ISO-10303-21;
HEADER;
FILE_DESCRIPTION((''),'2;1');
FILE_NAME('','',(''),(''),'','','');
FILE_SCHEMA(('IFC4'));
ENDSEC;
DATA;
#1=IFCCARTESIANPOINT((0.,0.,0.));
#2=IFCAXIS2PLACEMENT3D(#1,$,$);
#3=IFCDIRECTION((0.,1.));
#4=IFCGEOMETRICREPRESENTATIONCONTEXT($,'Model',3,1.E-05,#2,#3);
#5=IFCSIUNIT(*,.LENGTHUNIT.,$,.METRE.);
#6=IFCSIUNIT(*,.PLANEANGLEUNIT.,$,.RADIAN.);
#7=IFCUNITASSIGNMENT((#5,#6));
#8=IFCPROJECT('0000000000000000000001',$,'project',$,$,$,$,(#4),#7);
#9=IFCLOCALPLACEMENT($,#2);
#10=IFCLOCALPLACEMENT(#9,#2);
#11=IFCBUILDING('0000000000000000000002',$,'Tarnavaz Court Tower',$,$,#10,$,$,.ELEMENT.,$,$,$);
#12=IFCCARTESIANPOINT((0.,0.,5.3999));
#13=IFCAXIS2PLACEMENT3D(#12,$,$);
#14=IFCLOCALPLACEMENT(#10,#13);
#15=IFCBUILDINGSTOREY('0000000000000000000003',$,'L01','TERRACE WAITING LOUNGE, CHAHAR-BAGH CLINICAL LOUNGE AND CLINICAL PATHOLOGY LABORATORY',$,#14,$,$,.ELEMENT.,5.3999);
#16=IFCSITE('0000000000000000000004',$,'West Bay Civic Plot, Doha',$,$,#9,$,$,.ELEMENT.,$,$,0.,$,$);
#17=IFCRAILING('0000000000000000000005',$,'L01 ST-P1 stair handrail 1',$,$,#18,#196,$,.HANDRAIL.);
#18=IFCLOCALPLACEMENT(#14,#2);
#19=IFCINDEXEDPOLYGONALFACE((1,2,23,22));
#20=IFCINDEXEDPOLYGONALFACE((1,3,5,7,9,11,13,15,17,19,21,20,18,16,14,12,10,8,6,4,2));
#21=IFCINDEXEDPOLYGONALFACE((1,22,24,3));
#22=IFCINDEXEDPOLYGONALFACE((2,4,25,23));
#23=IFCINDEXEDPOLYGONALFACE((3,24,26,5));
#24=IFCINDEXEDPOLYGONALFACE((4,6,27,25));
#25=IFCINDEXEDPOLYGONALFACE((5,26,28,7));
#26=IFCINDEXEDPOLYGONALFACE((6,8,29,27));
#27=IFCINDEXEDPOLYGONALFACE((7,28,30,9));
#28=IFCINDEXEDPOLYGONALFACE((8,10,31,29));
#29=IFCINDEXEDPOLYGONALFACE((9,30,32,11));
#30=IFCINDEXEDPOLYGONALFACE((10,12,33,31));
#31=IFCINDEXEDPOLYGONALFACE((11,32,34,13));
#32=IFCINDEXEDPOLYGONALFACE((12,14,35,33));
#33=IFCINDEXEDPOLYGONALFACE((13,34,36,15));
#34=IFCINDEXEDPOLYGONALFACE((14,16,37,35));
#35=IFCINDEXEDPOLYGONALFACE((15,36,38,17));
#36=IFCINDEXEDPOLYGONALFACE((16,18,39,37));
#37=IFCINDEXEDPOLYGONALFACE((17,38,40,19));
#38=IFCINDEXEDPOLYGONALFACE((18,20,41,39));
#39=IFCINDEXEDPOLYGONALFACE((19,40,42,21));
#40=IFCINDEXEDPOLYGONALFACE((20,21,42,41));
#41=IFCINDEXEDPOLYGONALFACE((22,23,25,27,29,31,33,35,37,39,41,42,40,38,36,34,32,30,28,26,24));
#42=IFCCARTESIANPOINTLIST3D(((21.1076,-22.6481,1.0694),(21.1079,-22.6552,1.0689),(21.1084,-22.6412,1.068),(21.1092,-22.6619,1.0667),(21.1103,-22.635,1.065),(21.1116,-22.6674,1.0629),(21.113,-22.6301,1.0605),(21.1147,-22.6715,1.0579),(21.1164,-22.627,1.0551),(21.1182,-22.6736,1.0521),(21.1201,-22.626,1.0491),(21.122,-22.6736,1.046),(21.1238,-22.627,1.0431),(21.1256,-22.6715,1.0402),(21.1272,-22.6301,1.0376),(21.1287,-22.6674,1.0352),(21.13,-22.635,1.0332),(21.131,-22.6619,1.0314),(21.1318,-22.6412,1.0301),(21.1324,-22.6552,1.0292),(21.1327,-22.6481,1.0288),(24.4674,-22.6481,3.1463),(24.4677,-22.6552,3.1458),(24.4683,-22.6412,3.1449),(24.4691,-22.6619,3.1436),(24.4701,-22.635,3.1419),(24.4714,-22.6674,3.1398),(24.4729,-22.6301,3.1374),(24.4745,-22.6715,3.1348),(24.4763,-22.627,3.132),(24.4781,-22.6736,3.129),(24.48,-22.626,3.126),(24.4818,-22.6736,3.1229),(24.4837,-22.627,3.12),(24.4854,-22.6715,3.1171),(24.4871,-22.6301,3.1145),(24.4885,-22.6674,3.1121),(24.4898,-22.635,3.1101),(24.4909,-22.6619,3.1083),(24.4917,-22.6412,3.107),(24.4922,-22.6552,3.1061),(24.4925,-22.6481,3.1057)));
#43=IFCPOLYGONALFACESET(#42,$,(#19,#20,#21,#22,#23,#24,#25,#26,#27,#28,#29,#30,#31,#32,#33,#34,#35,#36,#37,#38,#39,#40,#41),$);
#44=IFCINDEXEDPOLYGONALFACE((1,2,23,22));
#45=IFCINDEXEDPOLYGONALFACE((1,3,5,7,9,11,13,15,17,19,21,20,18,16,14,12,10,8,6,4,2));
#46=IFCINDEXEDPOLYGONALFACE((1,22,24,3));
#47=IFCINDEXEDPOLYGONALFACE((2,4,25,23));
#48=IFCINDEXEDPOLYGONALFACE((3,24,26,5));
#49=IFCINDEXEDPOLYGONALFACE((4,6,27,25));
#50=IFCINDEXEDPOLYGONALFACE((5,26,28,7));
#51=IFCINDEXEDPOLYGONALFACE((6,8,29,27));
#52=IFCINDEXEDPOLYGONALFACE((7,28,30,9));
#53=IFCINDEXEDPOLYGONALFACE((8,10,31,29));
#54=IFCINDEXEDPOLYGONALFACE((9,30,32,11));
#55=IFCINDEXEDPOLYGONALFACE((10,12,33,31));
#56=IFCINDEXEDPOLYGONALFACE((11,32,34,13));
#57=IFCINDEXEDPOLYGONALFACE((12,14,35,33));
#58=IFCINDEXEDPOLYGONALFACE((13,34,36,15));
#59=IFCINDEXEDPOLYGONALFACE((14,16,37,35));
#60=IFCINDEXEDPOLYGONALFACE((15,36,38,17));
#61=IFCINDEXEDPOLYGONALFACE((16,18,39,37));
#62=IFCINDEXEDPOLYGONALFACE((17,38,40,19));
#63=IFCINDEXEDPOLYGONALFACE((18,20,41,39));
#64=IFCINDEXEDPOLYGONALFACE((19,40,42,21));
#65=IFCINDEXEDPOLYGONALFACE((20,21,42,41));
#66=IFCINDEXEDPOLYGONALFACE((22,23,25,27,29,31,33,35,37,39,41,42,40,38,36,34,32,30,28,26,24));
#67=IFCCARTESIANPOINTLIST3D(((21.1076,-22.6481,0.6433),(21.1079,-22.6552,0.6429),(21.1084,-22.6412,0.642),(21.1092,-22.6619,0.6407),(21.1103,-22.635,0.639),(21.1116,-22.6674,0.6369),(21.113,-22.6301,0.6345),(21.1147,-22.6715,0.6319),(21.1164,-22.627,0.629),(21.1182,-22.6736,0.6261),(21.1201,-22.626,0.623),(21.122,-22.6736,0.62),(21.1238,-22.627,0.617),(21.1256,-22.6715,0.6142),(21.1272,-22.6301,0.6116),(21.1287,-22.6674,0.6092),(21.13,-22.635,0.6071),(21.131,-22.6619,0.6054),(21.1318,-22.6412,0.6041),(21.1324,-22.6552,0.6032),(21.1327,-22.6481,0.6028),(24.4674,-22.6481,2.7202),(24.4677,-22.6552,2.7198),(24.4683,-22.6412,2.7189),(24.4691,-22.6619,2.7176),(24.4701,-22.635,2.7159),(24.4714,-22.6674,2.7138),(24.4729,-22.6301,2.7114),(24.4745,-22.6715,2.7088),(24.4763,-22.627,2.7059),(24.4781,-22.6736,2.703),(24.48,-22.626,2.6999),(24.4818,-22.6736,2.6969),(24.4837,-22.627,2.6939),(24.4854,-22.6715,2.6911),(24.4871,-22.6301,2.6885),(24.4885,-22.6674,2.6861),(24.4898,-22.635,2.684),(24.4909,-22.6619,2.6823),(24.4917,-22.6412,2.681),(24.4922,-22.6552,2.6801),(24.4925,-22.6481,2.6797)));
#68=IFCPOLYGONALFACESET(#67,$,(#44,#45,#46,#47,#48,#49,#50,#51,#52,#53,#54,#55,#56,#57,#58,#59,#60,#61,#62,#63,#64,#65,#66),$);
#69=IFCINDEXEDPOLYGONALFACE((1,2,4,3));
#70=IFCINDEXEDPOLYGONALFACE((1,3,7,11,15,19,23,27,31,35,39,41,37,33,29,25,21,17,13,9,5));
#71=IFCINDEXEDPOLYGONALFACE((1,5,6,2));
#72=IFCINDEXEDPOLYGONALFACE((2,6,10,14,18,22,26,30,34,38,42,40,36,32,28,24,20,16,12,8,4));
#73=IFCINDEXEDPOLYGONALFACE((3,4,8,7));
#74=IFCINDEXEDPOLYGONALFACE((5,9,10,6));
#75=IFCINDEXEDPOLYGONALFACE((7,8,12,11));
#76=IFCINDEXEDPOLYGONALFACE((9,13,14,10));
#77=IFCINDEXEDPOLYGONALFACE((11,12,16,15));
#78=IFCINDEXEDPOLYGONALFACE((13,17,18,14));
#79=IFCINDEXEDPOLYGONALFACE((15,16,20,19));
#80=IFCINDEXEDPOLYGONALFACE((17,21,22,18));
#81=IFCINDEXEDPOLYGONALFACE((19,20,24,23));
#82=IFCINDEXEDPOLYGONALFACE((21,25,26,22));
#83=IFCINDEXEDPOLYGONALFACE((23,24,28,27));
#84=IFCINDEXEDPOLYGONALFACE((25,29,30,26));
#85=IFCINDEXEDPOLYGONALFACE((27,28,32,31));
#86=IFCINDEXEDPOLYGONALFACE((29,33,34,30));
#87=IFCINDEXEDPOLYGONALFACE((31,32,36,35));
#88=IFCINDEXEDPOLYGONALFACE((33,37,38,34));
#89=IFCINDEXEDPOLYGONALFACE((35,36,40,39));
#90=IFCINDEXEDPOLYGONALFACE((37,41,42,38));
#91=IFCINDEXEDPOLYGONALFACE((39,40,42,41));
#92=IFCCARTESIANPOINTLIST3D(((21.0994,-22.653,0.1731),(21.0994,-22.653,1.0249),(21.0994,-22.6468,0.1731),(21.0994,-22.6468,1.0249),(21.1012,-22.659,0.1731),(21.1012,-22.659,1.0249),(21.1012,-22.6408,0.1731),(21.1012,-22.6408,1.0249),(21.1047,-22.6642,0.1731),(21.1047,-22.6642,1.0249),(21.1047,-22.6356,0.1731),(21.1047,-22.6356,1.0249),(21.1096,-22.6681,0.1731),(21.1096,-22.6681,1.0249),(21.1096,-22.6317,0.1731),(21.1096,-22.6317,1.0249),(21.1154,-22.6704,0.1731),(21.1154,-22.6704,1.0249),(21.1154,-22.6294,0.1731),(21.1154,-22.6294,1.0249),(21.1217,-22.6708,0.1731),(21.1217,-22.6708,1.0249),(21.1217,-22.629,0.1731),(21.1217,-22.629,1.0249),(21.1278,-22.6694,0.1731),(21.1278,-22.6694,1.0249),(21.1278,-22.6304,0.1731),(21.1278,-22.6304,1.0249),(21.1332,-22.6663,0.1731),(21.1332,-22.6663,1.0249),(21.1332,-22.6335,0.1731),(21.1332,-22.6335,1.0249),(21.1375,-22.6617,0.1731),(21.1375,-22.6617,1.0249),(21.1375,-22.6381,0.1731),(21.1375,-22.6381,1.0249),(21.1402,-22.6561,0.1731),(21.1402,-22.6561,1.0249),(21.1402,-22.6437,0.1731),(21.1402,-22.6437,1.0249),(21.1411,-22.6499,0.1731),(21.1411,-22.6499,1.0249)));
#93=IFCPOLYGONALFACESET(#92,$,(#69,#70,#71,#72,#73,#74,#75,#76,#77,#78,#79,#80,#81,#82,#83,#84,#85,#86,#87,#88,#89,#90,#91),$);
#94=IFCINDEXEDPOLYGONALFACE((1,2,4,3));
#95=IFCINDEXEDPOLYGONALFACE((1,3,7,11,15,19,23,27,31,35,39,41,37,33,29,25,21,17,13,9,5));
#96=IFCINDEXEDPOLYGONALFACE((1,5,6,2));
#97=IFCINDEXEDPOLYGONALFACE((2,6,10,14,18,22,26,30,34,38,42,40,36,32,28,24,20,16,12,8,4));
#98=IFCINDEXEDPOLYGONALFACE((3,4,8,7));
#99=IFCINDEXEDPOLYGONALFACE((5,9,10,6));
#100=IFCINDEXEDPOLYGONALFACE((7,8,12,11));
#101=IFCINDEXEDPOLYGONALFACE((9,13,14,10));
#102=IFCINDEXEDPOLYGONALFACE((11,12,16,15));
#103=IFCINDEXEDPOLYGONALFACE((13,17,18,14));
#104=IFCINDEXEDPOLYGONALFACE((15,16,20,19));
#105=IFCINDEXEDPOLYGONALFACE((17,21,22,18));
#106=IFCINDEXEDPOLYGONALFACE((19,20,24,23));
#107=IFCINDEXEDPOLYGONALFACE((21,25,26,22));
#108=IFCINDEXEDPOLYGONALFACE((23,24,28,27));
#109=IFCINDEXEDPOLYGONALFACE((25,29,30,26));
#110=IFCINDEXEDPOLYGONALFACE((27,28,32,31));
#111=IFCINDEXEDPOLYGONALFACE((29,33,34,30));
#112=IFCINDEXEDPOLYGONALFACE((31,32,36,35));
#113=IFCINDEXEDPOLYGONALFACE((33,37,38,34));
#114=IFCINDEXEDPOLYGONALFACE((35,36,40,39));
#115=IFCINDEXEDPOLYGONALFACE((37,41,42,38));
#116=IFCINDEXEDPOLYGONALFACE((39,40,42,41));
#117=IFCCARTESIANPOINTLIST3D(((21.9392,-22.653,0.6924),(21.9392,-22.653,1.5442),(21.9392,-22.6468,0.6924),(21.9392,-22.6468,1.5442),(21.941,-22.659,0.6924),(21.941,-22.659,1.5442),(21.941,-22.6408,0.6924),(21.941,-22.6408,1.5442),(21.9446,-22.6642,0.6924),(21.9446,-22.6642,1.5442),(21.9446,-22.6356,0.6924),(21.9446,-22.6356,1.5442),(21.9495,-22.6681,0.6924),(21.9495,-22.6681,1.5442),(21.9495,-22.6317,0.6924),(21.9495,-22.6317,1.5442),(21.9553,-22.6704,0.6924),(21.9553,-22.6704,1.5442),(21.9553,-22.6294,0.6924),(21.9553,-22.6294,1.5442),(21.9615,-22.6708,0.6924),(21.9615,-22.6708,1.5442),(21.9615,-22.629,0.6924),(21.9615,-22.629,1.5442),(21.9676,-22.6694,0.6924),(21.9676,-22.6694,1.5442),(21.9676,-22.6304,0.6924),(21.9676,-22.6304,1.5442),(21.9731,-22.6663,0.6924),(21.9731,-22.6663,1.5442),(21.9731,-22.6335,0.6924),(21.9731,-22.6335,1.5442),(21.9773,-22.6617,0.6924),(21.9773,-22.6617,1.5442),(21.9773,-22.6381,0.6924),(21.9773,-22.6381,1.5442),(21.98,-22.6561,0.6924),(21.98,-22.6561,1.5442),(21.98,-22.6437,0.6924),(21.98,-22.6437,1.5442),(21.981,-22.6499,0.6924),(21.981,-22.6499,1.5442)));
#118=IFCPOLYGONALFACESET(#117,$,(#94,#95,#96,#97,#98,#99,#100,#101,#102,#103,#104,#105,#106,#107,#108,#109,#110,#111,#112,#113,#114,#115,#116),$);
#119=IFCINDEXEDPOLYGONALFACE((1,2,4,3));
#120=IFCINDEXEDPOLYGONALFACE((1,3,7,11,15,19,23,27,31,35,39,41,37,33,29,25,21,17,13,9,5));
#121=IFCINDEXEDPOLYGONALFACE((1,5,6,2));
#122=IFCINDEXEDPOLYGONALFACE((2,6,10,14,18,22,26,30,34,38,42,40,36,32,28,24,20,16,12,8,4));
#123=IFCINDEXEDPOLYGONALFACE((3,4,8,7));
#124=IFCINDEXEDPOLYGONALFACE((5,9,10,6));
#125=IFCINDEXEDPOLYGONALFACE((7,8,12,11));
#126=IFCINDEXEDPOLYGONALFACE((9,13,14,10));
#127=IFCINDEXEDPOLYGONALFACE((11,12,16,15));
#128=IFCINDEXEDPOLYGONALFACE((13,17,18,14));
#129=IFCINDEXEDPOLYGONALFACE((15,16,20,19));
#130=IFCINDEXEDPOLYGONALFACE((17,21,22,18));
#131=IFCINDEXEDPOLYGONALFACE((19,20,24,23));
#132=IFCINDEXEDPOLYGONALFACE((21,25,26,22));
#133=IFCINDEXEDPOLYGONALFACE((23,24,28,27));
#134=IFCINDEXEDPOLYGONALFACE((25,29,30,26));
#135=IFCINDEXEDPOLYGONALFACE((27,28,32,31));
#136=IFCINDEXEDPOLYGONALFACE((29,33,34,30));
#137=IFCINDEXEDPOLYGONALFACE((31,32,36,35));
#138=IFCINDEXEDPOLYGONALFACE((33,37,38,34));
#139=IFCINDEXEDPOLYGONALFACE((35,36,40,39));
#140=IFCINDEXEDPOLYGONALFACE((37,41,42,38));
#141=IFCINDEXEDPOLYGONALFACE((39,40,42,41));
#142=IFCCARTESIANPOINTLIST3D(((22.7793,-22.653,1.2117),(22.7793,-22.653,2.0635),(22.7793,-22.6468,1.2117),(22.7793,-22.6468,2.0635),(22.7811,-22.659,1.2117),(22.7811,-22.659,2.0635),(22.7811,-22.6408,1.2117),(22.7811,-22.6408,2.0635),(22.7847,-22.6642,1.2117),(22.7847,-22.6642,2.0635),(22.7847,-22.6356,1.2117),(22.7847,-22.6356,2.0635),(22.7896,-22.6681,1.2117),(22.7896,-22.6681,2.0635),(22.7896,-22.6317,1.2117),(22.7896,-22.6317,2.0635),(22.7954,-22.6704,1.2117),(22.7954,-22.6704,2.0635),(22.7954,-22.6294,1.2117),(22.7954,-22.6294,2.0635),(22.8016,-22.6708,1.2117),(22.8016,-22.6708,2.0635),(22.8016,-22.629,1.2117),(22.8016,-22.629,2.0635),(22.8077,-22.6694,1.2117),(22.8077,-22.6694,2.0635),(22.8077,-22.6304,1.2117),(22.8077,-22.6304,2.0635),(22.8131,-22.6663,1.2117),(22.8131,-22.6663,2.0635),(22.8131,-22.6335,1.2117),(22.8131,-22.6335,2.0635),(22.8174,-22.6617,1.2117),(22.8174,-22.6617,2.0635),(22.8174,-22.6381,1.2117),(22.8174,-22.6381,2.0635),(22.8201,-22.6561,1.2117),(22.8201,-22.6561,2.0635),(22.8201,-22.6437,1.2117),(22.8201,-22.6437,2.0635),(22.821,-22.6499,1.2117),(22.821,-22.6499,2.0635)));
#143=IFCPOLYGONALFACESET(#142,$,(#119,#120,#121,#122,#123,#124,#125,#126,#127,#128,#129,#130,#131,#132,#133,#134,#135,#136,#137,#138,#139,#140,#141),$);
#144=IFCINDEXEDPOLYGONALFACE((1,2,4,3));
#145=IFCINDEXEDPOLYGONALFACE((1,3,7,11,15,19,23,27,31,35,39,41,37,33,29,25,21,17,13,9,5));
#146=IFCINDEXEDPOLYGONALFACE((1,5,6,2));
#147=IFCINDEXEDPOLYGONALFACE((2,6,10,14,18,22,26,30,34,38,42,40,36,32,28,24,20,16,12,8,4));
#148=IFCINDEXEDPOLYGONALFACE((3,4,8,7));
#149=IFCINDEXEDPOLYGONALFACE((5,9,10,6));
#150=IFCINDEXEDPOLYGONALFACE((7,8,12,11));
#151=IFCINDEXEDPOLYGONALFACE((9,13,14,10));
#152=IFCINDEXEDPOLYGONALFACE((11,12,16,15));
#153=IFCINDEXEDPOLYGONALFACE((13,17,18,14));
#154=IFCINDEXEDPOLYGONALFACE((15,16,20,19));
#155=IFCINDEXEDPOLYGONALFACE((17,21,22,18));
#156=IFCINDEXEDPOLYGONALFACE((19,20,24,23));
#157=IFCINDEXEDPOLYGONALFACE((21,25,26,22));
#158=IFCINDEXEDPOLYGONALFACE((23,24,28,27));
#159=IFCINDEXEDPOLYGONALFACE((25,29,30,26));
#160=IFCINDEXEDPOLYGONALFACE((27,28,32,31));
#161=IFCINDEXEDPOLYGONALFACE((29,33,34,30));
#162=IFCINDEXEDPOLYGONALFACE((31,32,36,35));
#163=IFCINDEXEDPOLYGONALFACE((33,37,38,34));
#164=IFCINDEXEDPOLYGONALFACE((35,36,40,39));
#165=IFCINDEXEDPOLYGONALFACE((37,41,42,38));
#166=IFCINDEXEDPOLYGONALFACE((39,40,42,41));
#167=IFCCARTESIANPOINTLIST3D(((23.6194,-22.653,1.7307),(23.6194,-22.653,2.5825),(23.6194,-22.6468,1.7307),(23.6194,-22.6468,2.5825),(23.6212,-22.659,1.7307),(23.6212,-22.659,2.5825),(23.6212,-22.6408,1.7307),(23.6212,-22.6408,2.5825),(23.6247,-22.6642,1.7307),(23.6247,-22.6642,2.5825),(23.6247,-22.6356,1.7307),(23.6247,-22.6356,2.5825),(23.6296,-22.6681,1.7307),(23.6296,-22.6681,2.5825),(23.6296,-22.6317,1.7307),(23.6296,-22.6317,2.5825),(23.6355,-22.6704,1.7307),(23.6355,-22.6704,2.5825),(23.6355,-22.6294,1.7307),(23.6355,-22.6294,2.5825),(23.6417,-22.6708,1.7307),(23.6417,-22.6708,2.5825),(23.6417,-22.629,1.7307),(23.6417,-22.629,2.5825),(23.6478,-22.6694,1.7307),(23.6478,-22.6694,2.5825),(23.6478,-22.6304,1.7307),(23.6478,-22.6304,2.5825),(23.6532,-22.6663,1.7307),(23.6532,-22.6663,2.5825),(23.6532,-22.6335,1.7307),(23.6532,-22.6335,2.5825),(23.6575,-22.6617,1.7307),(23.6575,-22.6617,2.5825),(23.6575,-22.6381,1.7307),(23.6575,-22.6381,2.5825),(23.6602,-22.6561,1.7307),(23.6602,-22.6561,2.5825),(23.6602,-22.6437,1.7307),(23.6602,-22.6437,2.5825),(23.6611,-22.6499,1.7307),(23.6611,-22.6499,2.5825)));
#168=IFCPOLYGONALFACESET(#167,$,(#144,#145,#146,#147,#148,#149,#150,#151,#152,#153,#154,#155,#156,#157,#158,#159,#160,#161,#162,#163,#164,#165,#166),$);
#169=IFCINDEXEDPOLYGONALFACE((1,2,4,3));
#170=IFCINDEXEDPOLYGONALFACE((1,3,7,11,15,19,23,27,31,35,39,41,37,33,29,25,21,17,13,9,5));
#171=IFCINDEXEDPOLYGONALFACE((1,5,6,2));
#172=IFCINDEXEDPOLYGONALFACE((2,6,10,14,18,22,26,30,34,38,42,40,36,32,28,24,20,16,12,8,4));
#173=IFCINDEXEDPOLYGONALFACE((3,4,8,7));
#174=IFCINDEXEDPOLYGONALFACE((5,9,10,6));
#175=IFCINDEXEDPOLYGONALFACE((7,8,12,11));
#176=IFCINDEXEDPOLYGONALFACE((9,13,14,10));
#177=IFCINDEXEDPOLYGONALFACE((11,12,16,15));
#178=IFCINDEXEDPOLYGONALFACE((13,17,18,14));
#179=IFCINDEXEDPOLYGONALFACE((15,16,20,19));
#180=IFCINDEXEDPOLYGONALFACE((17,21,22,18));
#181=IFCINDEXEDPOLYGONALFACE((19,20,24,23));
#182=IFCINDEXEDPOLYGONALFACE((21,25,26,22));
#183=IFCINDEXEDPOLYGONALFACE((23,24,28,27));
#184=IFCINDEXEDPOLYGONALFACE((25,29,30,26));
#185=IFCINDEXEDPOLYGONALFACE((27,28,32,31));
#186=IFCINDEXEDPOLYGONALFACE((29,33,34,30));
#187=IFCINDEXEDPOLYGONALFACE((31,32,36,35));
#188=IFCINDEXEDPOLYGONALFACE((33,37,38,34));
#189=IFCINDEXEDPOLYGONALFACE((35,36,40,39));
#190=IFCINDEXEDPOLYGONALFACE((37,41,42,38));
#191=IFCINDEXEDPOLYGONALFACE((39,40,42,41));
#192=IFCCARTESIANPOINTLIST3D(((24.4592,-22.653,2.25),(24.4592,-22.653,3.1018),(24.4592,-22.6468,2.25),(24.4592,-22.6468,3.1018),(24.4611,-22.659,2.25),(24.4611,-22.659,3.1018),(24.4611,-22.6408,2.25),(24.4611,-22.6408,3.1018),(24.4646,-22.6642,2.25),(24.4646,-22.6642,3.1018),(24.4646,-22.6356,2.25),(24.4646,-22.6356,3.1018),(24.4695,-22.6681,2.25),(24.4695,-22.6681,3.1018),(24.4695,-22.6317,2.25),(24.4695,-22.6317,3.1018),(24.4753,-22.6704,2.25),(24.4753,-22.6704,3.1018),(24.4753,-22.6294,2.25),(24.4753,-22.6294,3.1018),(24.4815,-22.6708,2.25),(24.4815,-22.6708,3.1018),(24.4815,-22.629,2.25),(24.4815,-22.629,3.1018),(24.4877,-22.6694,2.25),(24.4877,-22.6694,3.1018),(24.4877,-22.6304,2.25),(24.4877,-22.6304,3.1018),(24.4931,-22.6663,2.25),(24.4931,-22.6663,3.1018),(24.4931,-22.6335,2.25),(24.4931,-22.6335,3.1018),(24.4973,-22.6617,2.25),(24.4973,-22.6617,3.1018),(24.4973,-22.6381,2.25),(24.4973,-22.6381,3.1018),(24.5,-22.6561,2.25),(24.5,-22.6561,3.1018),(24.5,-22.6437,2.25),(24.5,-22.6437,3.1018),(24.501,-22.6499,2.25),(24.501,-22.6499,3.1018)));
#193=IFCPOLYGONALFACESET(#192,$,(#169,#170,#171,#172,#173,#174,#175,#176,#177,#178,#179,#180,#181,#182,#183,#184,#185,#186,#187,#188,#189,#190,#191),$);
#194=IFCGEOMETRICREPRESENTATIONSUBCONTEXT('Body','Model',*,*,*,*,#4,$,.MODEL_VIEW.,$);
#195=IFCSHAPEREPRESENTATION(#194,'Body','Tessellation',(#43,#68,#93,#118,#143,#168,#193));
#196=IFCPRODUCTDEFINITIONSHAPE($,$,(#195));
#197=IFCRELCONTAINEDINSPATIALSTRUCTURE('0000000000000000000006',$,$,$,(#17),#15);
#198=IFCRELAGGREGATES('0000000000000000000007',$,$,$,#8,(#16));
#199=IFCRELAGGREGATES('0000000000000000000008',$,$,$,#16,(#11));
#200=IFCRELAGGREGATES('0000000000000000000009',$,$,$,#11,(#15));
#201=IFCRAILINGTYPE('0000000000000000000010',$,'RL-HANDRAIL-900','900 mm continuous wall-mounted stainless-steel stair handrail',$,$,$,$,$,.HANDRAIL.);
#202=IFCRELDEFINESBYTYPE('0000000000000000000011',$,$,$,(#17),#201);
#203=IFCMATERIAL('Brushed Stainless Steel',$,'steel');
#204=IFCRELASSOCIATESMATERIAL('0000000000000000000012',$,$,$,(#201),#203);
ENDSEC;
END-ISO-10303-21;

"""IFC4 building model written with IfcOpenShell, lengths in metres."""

from ifc_helpers import new_model, si_unit, direction, frame, origin, origin_2d, place, context, subcontext, project, spatial, circle, extrude, material, type_object, element, save


model = new_model("IFC4")

# Units and contexts
model_context = context("Model", 3, precision=1e-05, world=origin(), true_north=direction((0.0, 1.0)))
body_context = subcontext(model_context, "Body", "Model", "MODEL_VIEW")
ifc_project = project(units=[si_unit("LENGTHUNIT", "METRE"), si_unit("PLANEANGLEUNIT", "RADIAN")], contexts=[model_context])

# Site, building, storey
site_placement = place(None, origin())
site = spatial("IfcSite", under=ifc_project, at=site_placement, Name="West Bay Civic Plot, Doha", CompositionType="ELEMENT", RefElevation=0.0)
building_placement = place(site_placement, origin())
building = spatial("IfcBuilding", under=site, at=building_placement, Name="Tarnavaz Court Tower", CompositionType="ELEMENT")
storey_placement = place(building_placement, frame((0.0, 0.0, 5.3999)))
storey = spatial("IfcBuildingStorey", under=building, at=storey_placement, Name="L01", Description="TERRACE WAITING LOUNGE, CHAHAR-BAGH CLINICAL LOUNGE AND CLINICAL PATHOLOGY LABORATORY", CompositionType="ELEMENT", Elevation=5.3999)

# Railing
ifc_material_1 = material(Name="Brushed Stainless Steel", Category="steel")
railing_type_1 = type_object("IfcRailingType", Name="RL-HANDRAIL-900", Description="900 mm continuous wall-mounted stainless-steel stair handrail", PredefinedType="HANDRAIL", material=ifc_material_1)
railing_1_placement = place(storey_placement, frame((21.1201, -22.6499, 0.1731)))
element("IfcRailing", 1, at=railing_1_placement, inside=storey, type_object=railing_type_1, Name="L01 ST-P1 stair handrail 1", PredefinedType="HANDRAIL", context=body_context, shape_type="SweptSolid", body=[
    extrude(circle(Radius=0.0239, at=origin_2d()), frame((0.0, 0.0, 0.876), z_axis=(0.850606, 0.0, 0.525803), x_axis=(0.0, 1.0, 0.0)), (0.0, 0.0, 1.0), 3.95),
    extrude(circle(Radius=0.0239, at=origin_2d()), frame((0.0, 0.0, 0.45), z_axis=(0.850606, 0.0, 0.525803), x_axis=(0.0, 1.0, 0.0)), (0.0, 0.0, 1.0), 3.95),
    extrude(circle(Radius=0.021, at=origin_2d()), origin(), (0.0, 0.0, 1.0), 0.8518),
    extrude(circle(Radius=0.021, at=origin_2d()), frame((0.8398, 0.0, 0.5193)), (0.0, 0.0, 1.0), 0.8518),
    extrude(circle(Radius=0.021, at=origin_2d()), frame((1.6799, 0.0, 1.0386)), (0.0, 0.0, 1.0), 0.8518),
    extrude(circle(Radius=0.021, at=origin_2d()), frame((2.52, 0.0, 1.5576)), (0.0, 0.0, 1.0), 0.8518),
    extrude(circle(Radius=0.021, at=origin_2d()), frame((3.3599, 0.0, 2.0769)), (0.0, 0.0, 1.0), 0.8518),
])

save(model, "model.ifc")
